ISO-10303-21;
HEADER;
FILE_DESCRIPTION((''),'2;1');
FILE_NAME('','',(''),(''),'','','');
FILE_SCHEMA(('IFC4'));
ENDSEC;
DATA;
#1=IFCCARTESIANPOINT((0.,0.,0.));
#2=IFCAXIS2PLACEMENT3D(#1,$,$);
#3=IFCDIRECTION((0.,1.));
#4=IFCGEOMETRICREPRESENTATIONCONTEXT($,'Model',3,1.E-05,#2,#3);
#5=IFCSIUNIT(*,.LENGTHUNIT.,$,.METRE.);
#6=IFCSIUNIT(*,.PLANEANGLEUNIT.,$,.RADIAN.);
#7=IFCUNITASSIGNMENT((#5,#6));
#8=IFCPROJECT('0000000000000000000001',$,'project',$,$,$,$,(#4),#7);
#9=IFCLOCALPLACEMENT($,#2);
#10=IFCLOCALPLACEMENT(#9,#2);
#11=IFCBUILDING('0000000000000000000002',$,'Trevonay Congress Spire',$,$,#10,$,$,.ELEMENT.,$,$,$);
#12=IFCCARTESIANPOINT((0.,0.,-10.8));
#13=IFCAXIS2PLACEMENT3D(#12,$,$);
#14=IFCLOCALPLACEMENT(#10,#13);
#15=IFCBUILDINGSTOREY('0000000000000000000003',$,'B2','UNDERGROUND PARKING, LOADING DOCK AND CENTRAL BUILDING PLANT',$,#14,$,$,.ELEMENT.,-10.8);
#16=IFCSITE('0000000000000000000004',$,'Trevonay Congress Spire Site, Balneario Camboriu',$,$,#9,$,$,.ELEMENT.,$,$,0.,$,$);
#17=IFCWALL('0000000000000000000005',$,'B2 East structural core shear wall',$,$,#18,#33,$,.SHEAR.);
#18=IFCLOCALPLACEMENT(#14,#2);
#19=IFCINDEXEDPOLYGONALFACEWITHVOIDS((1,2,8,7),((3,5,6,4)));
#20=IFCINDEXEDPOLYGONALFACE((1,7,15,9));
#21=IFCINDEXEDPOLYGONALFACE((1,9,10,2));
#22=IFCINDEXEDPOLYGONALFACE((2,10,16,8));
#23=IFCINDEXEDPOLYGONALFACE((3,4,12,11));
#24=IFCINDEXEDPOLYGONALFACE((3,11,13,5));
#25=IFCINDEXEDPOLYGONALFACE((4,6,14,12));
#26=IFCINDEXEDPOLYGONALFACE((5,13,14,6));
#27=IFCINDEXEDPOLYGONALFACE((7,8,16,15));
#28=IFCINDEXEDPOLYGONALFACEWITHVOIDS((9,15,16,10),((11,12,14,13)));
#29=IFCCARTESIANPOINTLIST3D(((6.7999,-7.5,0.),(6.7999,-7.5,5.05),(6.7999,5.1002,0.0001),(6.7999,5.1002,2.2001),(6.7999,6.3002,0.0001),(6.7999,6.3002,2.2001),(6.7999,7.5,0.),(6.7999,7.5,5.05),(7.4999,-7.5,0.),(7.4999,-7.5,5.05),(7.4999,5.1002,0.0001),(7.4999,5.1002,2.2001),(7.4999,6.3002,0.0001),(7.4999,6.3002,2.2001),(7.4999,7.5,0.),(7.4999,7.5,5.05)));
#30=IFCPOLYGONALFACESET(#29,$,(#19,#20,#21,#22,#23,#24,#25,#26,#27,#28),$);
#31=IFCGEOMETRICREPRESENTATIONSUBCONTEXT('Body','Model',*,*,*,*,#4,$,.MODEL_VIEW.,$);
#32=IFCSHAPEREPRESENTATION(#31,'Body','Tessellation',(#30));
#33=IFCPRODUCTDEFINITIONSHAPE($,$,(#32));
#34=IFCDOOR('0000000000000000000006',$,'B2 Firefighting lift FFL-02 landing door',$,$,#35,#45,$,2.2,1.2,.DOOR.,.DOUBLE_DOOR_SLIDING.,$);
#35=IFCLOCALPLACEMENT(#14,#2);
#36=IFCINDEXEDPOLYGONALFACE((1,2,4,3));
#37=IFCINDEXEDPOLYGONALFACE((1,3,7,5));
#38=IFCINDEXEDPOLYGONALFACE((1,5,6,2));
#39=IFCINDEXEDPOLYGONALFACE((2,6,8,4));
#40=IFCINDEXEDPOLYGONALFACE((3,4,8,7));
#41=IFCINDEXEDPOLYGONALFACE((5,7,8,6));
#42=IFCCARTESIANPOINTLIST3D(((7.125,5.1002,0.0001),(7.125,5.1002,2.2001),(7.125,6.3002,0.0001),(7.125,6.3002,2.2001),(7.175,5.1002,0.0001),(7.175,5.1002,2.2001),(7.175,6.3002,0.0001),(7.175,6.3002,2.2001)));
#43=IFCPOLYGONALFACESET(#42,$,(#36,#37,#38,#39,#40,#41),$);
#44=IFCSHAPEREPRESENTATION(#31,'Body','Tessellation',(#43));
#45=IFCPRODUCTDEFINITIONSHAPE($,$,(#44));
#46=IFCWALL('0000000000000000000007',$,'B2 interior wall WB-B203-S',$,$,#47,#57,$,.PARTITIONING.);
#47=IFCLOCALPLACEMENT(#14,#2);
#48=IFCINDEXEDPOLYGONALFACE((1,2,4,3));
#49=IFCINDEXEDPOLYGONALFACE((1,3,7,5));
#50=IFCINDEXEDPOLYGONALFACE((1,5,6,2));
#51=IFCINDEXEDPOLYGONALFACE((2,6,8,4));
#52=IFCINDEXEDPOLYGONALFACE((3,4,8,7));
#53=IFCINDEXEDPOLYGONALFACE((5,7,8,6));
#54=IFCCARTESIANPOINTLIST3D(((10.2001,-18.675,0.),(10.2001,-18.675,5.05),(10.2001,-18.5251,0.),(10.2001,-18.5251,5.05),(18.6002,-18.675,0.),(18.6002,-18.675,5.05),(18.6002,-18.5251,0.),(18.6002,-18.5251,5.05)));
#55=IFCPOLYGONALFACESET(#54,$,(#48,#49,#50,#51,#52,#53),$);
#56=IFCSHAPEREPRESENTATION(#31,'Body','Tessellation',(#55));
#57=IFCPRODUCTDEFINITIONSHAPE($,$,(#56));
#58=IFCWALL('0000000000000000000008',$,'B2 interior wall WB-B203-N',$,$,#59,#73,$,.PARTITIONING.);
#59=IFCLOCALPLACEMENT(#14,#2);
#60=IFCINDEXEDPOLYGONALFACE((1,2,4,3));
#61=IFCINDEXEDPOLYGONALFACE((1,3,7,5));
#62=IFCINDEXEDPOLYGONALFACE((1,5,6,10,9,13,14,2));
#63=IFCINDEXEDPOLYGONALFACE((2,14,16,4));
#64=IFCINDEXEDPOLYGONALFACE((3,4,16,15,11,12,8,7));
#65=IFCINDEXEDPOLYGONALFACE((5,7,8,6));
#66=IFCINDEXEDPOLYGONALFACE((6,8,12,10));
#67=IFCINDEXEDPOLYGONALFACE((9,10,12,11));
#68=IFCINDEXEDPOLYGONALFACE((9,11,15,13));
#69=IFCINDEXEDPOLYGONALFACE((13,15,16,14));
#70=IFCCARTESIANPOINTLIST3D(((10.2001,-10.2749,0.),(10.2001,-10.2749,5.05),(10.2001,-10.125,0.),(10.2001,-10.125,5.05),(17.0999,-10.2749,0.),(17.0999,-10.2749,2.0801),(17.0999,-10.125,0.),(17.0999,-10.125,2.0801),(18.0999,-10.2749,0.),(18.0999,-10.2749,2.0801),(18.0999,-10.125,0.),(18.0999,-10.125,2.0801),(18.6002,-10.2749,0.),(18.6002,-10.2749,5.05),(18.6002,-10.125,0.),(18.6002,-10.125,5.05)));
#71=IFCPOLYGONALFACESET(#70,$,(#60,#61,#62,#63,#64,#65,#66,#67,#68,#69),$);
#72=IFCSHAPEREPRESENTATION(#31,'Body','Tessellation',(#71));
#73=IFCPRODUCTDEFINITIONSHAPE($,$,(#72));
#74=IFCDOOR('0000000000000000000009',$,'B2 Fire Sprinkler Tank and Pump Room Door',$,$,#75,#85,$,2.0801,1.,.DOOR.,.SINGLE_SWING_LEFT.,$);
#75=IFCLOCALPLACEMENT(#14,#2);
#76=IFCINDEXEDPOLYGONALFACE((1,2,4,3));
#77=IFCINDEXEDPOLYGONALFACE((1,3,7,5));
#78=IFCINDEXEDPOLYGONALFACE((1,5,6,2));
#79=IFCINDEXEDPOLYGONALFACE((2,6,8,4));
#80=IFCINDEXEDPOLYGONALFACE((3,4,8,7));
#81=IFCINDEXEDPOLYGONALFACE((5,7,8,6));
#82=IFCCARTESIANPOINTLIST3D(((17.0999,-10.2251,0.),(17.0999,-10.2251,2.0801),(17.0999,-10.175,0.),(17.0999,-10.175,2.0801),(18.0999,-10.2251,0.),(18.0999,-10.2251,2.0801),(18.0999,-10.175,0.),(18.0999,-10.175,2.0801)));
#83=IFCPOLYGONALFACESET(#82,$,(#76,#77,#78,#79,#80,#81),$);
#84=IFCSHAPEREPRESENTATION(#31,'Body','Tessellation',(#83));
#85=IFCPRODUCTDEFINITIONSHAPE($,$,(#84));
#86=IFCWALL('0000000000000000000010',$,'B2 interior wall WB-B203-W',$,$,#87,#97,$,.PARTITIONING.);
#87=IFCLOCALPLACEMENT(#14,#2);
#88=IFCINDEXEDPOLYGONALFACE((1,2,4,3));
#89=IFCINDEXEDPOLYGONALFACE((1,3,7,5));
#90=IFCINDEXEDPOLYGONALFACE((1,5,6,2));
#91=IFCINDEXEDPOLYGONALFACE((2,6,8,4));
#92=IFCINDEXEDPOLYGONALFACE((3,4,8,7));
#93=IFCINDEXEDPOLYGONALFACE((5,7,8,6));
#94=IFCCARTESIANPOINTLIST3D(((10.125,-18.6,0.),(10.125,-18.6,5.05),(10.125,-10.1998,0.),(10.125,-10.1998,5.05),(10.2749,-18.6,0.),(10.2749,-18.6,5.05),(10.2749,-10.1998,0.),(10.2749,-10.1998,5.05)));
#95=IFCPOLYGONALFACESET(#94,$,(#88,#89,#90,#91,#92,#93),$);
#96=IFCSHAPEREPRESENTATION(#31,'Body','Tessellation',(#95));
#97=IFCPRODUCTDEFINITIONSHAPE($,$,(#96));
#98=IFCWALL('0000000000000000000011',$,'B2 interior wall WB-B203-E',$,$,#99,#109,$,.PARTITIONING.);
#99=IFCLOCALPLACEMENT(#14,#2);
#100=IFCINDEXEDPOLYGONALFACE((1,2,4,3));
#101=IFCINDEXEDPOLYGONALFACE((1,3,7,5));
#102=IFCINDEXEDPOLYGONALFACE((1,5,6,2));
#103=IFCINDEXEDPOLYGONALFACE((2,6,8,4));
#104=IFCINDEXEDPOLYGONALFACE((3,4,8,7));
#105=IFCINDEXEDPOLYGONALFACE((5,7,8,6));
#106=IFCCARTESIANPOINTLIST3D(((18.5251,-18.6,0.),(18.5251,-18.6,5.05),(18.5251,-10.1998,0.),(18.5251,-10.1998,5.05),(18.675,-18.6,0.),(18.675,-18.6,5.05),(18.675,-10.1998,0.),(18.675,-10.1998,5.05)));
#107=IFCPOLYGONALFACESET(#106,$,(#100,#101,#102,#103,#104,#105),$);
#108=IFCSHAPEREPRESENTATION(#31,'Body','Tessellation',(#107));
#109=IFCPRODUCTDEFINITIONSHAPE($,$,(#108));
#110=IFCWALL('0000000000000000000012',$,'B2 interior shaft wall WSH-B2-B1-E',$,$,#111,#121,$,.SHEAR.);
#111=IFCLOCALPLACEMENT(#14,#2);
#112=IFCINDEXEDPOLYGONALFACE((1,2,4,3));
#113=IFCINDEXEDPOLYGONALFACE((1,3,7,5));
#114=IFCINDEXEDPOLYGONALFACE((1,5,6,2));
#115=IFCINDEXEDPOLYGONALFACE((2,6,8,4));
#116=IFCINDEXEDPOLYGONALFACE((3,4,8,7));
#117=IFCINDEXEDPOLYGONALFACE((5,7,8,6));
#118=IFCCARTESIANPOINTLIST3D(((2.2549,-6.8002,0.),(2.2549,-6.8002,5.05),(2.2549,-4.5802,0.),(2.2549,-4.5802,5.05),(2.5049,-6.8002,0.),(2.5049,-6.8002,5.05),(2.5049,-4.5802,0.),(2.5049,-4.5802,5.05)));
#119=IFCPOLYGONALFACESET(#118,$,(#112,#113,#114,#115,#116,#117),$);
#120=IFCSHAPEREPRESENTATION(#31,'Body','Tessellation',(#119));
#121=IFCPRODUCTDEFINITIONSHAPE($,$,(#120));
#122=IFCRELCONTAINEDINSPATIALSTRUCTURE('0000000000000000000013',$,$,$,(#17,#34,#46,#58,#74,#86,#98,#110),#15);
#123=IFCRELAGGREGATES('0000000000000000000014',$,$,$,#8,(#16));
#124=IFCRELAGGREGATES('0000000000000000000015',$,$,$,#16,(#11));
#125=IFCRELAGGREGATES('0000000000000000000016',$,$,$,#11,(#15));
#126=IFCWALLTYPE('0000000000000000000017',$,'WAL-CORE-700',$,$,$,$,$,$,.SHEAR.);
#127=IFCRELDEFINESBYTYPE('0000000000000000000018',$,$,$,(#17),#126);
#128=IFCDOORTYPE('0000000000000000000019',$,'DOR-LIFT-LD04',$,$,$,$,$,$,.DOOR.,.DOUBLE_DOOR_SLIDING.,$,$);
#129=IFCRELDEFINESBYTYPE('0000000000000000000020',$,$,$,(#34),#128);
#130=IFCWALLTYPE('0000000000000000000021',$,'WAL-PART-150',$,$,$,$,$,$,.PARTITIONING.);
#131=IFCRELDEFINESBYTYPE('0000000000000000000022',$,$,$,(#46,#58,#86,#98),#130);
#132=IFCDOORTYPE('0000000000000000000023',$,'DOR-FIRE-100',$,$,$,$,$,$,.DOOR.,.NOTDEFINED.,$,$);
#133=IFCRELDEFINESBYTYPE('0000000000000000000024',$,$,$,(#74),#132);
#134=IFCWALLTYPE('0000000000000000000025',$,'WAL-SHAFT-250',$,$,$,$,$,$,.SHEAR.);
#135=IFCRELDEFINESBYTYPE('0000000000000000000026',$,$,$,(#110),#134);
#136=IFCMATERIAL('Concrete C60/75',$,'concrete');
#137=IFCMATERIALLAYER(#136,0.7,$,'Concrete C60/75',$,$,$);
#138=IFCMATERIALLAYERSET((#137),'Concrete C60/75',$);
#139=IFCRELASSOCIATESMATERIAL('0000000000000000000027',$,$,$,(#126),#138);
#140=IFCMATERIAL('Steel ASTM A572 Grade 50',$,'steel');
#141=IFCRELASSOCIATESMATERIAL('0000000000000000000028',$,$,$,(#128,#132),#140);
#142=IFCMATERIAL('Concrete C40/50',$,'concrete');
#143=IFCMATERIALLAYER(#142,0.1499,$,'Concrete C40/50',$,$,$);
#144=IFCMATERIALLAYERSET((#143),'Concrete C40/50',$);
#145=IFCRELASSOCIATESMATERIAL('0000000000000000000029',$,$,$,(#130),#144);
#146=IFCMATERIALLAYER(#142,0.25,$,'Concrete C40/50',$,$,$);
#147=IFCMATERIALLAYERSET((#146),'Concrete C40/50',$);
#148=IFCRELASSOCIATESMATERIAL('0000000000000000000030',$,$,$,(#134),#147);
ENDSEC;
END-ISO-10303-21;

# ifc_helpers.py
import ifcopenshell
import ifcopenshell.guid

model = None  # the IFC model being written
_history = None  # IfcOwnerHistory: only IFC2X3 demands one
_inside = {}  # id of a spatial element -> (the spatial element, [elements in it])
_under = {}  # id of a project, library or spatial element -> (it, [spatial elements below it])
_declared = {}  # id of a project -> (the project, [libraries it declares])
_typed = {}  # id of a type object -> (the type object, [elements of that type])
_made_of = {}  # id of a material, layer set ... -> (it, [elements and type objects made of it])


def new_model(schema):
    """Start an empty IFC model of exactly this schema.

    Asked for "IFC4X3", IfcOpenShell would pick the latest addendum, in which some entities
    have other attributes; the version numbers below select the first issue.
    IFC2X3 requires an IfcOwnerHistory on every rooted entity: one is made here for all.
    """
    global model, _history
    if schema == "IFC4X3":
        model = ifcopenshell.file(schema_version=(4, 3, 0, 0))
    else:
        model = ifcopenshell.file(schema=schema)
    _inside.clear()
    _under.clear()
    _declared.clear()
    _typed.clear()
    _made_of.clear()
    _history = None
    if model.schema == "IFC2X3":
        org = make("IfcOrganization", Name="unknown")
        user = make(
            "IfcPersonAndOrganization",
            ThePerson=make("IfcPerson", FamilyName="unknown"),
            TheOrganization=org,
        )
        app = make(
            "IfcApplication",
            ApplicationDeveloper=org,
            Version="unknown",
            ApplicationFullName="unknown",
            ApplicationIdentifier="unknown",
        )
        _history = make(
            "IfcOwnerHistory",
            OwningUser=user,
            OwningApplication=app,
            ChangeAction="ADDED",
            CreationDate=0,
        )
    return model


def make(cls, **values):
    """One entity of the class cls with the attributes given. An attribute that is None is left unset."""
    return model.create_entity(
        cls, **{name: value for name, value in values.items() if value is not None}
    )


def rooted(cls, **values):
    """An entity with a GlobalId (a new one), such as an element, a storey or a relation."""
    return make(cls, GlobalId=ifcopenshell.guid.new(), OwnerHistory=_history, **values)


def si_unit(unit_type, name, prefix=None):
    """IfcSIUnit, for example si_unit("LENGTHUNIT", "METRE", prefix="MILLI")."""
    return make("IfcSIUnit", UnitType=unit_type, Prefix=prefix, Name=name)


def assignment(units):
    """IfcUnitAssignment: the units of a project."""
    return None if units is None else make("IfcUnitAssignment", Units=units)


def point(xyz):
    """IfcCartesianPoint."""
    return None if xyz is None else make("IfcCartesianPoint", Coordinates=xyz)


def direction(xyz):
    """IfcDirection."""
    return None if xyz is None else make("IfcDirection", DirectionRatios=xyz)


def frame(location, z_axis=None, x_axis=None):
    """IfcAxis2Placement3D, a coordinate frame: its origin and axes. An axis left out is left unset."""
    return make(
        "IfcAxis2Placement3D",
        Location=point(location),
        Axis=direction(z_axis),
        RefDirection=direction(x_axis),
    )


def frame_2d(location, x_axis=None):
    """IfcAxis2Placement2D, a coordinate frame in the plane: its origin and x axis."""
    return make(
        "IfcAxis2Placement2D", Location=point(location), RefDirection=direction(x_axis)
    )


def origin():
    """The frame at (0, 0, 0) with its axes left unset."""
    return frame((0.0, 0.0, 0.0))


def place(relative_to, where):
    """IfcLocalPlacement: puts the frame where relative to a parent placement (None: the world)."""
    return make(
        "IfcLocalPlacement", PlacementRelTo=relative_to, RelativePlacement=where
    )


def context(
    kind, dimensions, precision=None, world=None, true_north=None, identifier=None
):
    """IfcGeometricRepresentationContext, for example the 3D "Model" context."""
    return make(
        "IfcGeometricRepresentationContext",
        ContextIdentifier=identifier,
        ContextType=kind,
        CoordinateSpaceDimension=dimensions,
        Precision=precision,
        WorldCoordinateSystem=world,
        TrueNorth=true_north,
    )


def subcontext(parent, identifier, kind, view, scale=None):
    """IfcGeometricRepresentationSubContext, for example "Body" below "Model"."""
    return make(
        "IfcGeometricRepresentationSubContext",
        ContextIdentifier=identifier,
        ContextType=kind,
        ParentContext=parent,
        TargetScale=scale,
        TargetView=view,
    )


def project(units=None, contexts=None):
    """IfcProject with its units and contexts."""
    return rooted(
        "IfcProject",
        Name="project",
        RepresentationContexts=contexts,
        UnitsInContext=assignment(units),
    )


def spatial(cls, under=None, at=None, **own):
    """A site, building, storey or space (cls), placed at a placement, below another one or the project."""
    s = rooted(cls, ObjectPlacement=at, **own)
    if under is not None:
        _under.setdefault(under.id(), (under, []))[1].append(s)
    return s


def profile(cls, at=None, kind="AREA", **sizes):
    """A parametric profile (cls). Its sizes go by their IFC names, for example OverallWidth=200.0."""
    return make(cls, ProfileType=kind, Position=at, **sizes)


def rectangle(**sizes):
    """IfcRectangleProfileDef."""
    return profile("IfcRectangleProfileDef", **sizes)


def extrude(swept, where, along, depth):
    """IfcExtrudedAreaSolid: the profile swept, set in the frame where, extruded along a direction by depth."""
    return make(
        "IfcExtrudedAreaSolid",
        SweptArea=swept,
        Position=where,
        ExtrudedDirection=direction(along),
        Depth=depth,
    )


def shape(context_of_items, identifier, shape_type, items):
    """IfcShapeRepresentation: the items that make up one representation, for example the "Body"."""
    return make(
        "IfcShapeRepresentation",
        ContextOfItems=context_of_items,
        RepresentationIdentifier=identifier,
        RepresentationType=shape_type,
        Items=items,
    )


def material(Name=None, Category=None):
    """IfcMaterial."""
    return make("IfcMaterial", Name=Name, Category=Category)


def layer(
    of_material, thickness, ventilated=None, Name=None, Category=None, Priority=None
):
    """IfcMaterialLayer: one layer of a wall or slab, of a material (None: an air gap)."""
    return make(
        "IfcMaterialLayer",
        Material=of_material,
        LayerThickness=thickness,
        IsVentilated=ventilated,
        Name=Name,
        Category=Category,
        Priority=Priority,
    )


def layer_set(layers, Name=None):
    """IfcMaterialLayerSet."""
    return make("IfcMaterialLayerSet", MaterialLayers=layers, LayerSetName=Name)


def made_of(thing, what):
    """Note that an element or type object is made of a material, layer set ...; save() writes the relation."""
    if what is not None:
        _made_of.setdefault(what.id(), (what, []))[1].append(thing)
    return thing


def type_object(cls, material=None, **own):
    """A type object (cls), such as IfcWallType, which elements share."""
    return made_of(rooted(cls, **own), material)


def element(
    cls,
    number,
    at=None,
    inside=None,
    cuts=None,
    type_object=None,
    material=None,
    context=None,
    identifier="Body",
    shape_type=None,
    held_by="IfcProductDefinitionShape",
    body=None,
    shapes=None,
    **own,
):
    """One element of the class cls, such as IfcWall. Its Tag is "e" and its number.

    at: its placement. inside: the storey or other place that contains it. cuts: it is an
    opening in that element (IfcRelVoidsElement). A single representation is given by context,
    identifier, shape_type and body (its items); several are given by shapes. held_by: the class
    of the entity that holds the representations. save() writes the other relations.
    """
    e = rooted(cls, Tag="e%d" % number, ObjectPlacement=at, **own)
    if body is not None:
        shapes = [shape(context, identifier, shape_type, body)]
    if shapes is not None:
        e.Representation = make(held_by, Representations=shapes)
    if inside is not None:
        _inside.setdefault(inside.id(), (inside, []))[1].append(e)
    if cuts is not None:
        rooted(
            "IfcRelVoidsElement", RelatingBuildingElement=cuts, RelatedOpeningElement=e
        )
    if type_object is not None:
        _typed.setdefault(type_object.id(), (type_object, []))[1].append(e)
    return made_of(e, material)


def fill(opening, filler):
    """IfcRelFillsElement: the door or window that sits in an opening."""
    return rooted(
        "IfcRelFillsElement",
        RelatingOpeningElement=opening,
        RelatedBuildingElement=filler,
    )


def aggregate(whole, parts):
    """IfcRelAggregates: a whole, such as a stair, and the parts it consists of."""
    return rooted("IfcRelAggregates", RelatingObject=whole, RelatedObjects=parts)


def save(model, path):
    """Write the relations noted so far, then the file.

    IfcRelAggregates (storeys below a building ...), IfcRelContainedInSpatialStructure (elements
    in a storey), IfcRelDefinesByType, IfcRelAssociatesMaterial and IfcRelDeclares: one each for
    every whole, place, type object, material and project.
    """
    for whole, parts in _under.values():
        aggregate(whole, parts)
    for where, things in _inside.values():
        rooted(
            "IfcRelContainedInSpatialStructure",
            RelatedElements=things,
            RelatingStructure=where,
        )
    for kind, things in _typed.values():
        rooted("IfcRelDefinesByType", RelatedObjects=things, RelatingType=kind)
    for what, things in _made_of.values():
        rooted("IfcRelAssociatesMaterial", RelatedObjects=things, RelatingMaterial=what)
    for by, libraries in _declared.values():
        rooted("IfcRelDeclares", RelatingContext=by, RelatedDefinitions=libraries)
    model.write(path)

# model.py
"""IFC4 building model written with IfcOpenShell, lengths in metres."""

from ifc_helpers import new_model, si_unit, direction, frame, frame_2d, origin, place, context, subcontext, project, spatial, rectangle, extrude, material, layer, layer_set, type_object, element, fill, save


model = new_model("IFC4")

# Units and contexts
model_context = context("Model", 3, precision=1e-05, world=origin(), true_north=direction((0.0, 1.0)))
body_context = subcontext(model_context, "Body", "Model", "MODEL_VIEW")
ifc_project = project(units=[si_unit("LENGTHUNIT", "METRE"), si_unit("PLANEANGLEUNIT", "RADIAN")], contexts=[model_context])

# Site, building, storey
site_placement = place(None, origin())
site = spatial("IfcSite", under=ifc_project, at=site_placement, Name="Trevonay Congress Spire Site, Balneario Camboriu", CompositionType="ELEMENT", RefElevation=0.0)
building_placement = place(site_placement, origin())
building = spatial("IfcBuilding", under=site, at=building_placement, Name="Trevonay Congress Spire", CompositionType="ELEMENT")
storey_placement = place(building_placement, frame((0.0, 0.0, -10.8)))
storey = spatial("IfcBuildingStorey", under=building, at=storey_placement, Name="B2", Description="UNDERGROUND PARKING, LOADING DOCK AND CENTRAL BUILDING PLANT", CompositionType="ELEMENT", Elevation=-10.8)

# Shared definitions
ifc_material_1 = material(Name="Steel ASTM A572 Grade 50", Category="steel")
ifc_material_2 = material(Name="Concrete C60/75", Category="concrete")

# Wall, opening, door
ifc_layer_1 = layer(ifc_material_2, 0.7, Name="Concrete C60/75")
ifc_layer_set_1 = layer_set([ifc_layer_1], Name="Concrete C60/75")
wall_type_1 = type_object("IfcWallType", Name="WAL-CORE-700", PredefinedType="SHEAR", material=ifc_layer_set_1)
wall_1_placement = place(storey_placement, frame((7.1499, -7.5, 0.0), z_axis=(0.0, 0.0, 1.0), x_axis=(0.0, 1.0, 0.0)))
wall_1 = element("IfcWall", 1, at=wall_1_placement, inside=storey, type_object=wall_type_1, Name="B2 East structural core shear wall", PredefinedType="SHEAR", context=body_context, shape_type="SweptSolid", body=[
    extrude(rectangle(XDim=15.0, YDim=0.7, at=frame_2d((7.5, 0.0))), origin(), (0.0, 0.0, 1.0), 5.05),
])
opening_1_placement = place(wall_1_placement, frame((12.6001, 0.0, 0.0)))
opening_1 = element("IfcOpeningElement", 2, at=opening_1_placement, cuts=wall_1, PredefinedType="OPENING", context=body_context, shape_type="SweptSolid", body=[
    extrude(rectangle(XDim=1.2, YDim=2.2, at=frame_2d((0.6001, 1.1001))), frame((0.0, 0.3599, 0.0), z_axis=(0.0, -1.0, 0.0), x_axis=(1.0, 0.0, 0.0)), (0.0, 0.0, 1.0), 0.72),
])
door_type_1 = type_object("IfcDoorType", Name="DOR-LIFT-LD04", OperationType="DOUBLE_DOOR_SLIDING", PredefinedType="DOOR", material=ifc_material_1)
door_1_placement = place(opening_1_placement, origin())
door_1 = element("IfcDoor", 3, at=door_1_placement, inside=storey, type_object=door_type_1, Name="B2 Firefighting lift FFL-02 landing door", OperationType="DOUBLE_DOOR_SLIDING", OverallHeight=2.2, OverallWidth=1.2, PredefinedType="DOOR", context=body_context, shape_type="SweptSolid", body=[
    extrude(rectangle(XDim=1.2, YDim=2.2, at=frame_2d((0.6001, 1.1001))), frame((0.0, 0.0249, 0.0), z_axis=(0.0, -1.0, 0.0), x_axis=(1.0, 0.0, 0.0)), (0.0, 0.0, 1.0), 0.05),
])
fill(opening_1, door_1)

# Wall
ifc_material_3 = material(Name="Concrete C40/50", Category="concrete")
ifc_layer_2 = layer(ifc_material_3, 0.1499, Name="Concrete C40/50")
ifc_layer_set_2 = layer_set([ifc_layer_2], Name="Concrete C40/50")
wall_type_2 = type_object("IfcWallType", Name="WAL-PART-150", PredefinedType="PARTITIONING", material=ifc_layer_set_2)
wall_2_placement = place(storey_placement, frame((10.2, -18.6001, 0.0), z_axis=(0.0, 0.0, 1.0), x_axis=(1.0, 0.0, 0.0)))
element("IfcWall", 4, at=wall_2_placement, inside=storey, type_object=wall_type_2, Name="B2 interior wall WB-B203-S", PredefinedType="PARTITIONING", context=body_context, shape_type="SweptSolid", body=[
    extrude(rectangle(XDim=8.4001, YDim=0.1499, at=frame_2d((4.2002, 0.0))), origin(), (0.0, 0.0, 1.0), 5.05),
])

# Wall, opening, door
wall_3_placement = place(storey_placement, frame((10.2, -10.2, 0.0), z_axis=(0.0, 0.0, 1.0), x_axis=(1.0, 0.0, 0.0)))
wall_3 = element("IfcWall", 5, at=wall_3_placement, inside=storey, type_object=wall_type_2, Name="B2 interior wall WB-B203-N", PredefinedType="PARTITIONING", context=body_context, shape_type="SweptSolid", body=[
    extrude(rectangle(XDim=8.4001, YDim=0.1499, at=frame_2d((4.2002, 0.0))), origin(), (0.0, 0.0, 1.0), 5.05),
])
opening_2_placement = place(wall_3_placement, frame((6.8999, 0.0, 0.0)))
opening_2 = element("IfcOpeningElement", 6, at=opening_2_placement, cuts=wall_3, PredefinedType="OPENING", context=body_context, shape_type="SweptSolid", body=[
    extrude(rectangle(XDim=1.0, YDim=2.0801, at=frame_2d((0.5, 1.04))), frame((0.0, 0.085, 0.0), z_axis=(0.0, -1.0, 0.0), x_axis=(1.0, 0.0, 0.0)), (0.0, 0.0, 1.0), 0.1699),
])
door_type_2 = type_object("IfcDoorType", Name="DOR-FIRE-100", OperationType="NOTDEFINED", PredefinedType="DOOR", material=ifc_material_1)
door_2_placement = place(opening_2_placement, origin())
door_2 = element("IfcDoor", 7, at=door_2_placement, inside=storey, type_object=door_type_2, Name="B2 Fire Sprinkler Tank and Pump Room Door", OperationType="SINGLE_SWING_LEFT", OverallHeight=2.0801, OverallWidth=1.0, PredefinedType="DOOR", context=body_context, shape_type="SweptSolid", body=[
    extrude(rectangle(XDim=1.0, YDim=2.0801, at=frame_2d((0.5, 1.04))), frame((0.0, 0.0249, 0.0), z_axis=(0.0, -1.0, 0.0), x_axis=(1.0, 0.0, 0.0)), (0.0, 0.0, 1.0), 0.05),
])
fill(opening_2, door_2)

# Walls
for number, where, z_axis, x_axis, name in (
    (8, (10.2, -18.6001, 0.0), (0.0, 0.0, 1.0), (0.0, 1.0, 0.0), "B2 interior wall WB-B203-W"),
    (9, (18.6001, -18.6001, 0.0), (0.0, 0.0, 1.0), (0.0, 1.0, 0.0), "B2 interior wall WB-B203-E"),
):
    element("IfcWall", number, at=place(storey_placement, frame(where, z_axis=z_axis, x_axis=x_axis)), inside=storey, type_object=wall_type_2, Name=name, PredefinedType="PARTITIONING", context=body_context, shape_type="SweptSolid", body=[
        extrude(rectangle(XDim=8.4001, YDim=0.1499, at=frame_2d((4.2002, 0.0))), origin(), (0.0, 0.0, 1.0), 5.05),
    ])
ifc_layer_3 = layer(ifc_material_3, 0.25, Name="Concrete C40/50")
ifc_layer_set_3 = layer_set([ifc_layer_3], Name="Concrete C40/50")
wall_type_3 = type_object("IfcWallType", Name="WAL-SHAFT-250", PredefinedType="SHEAR", material=ifc_layer_set_3)
wall_4_placement = place(storey_placement, frame((2.3799, -6.8, 0.0), z_axis=(0.0, 0.0, 1.0), x_axis=(0.0, 1.0, 0.0)))
element("IfcWall", 10, at=wall_4_placement, inside=storey, type_object=wall_type_3, Name="B2 interior shaft wall WSH-B2-B1-E", PredefinedType="SHEAR", context=body_context, shape_type="SweptSolid", body=[
    extrude(rectangle(XDim=2.22, YDim=0.25, at=frame_2d((1.1099, 0.0))), origin(), (0.0, 0.0, 1.0), 5.05),
])

save(model, "model.ifc")
